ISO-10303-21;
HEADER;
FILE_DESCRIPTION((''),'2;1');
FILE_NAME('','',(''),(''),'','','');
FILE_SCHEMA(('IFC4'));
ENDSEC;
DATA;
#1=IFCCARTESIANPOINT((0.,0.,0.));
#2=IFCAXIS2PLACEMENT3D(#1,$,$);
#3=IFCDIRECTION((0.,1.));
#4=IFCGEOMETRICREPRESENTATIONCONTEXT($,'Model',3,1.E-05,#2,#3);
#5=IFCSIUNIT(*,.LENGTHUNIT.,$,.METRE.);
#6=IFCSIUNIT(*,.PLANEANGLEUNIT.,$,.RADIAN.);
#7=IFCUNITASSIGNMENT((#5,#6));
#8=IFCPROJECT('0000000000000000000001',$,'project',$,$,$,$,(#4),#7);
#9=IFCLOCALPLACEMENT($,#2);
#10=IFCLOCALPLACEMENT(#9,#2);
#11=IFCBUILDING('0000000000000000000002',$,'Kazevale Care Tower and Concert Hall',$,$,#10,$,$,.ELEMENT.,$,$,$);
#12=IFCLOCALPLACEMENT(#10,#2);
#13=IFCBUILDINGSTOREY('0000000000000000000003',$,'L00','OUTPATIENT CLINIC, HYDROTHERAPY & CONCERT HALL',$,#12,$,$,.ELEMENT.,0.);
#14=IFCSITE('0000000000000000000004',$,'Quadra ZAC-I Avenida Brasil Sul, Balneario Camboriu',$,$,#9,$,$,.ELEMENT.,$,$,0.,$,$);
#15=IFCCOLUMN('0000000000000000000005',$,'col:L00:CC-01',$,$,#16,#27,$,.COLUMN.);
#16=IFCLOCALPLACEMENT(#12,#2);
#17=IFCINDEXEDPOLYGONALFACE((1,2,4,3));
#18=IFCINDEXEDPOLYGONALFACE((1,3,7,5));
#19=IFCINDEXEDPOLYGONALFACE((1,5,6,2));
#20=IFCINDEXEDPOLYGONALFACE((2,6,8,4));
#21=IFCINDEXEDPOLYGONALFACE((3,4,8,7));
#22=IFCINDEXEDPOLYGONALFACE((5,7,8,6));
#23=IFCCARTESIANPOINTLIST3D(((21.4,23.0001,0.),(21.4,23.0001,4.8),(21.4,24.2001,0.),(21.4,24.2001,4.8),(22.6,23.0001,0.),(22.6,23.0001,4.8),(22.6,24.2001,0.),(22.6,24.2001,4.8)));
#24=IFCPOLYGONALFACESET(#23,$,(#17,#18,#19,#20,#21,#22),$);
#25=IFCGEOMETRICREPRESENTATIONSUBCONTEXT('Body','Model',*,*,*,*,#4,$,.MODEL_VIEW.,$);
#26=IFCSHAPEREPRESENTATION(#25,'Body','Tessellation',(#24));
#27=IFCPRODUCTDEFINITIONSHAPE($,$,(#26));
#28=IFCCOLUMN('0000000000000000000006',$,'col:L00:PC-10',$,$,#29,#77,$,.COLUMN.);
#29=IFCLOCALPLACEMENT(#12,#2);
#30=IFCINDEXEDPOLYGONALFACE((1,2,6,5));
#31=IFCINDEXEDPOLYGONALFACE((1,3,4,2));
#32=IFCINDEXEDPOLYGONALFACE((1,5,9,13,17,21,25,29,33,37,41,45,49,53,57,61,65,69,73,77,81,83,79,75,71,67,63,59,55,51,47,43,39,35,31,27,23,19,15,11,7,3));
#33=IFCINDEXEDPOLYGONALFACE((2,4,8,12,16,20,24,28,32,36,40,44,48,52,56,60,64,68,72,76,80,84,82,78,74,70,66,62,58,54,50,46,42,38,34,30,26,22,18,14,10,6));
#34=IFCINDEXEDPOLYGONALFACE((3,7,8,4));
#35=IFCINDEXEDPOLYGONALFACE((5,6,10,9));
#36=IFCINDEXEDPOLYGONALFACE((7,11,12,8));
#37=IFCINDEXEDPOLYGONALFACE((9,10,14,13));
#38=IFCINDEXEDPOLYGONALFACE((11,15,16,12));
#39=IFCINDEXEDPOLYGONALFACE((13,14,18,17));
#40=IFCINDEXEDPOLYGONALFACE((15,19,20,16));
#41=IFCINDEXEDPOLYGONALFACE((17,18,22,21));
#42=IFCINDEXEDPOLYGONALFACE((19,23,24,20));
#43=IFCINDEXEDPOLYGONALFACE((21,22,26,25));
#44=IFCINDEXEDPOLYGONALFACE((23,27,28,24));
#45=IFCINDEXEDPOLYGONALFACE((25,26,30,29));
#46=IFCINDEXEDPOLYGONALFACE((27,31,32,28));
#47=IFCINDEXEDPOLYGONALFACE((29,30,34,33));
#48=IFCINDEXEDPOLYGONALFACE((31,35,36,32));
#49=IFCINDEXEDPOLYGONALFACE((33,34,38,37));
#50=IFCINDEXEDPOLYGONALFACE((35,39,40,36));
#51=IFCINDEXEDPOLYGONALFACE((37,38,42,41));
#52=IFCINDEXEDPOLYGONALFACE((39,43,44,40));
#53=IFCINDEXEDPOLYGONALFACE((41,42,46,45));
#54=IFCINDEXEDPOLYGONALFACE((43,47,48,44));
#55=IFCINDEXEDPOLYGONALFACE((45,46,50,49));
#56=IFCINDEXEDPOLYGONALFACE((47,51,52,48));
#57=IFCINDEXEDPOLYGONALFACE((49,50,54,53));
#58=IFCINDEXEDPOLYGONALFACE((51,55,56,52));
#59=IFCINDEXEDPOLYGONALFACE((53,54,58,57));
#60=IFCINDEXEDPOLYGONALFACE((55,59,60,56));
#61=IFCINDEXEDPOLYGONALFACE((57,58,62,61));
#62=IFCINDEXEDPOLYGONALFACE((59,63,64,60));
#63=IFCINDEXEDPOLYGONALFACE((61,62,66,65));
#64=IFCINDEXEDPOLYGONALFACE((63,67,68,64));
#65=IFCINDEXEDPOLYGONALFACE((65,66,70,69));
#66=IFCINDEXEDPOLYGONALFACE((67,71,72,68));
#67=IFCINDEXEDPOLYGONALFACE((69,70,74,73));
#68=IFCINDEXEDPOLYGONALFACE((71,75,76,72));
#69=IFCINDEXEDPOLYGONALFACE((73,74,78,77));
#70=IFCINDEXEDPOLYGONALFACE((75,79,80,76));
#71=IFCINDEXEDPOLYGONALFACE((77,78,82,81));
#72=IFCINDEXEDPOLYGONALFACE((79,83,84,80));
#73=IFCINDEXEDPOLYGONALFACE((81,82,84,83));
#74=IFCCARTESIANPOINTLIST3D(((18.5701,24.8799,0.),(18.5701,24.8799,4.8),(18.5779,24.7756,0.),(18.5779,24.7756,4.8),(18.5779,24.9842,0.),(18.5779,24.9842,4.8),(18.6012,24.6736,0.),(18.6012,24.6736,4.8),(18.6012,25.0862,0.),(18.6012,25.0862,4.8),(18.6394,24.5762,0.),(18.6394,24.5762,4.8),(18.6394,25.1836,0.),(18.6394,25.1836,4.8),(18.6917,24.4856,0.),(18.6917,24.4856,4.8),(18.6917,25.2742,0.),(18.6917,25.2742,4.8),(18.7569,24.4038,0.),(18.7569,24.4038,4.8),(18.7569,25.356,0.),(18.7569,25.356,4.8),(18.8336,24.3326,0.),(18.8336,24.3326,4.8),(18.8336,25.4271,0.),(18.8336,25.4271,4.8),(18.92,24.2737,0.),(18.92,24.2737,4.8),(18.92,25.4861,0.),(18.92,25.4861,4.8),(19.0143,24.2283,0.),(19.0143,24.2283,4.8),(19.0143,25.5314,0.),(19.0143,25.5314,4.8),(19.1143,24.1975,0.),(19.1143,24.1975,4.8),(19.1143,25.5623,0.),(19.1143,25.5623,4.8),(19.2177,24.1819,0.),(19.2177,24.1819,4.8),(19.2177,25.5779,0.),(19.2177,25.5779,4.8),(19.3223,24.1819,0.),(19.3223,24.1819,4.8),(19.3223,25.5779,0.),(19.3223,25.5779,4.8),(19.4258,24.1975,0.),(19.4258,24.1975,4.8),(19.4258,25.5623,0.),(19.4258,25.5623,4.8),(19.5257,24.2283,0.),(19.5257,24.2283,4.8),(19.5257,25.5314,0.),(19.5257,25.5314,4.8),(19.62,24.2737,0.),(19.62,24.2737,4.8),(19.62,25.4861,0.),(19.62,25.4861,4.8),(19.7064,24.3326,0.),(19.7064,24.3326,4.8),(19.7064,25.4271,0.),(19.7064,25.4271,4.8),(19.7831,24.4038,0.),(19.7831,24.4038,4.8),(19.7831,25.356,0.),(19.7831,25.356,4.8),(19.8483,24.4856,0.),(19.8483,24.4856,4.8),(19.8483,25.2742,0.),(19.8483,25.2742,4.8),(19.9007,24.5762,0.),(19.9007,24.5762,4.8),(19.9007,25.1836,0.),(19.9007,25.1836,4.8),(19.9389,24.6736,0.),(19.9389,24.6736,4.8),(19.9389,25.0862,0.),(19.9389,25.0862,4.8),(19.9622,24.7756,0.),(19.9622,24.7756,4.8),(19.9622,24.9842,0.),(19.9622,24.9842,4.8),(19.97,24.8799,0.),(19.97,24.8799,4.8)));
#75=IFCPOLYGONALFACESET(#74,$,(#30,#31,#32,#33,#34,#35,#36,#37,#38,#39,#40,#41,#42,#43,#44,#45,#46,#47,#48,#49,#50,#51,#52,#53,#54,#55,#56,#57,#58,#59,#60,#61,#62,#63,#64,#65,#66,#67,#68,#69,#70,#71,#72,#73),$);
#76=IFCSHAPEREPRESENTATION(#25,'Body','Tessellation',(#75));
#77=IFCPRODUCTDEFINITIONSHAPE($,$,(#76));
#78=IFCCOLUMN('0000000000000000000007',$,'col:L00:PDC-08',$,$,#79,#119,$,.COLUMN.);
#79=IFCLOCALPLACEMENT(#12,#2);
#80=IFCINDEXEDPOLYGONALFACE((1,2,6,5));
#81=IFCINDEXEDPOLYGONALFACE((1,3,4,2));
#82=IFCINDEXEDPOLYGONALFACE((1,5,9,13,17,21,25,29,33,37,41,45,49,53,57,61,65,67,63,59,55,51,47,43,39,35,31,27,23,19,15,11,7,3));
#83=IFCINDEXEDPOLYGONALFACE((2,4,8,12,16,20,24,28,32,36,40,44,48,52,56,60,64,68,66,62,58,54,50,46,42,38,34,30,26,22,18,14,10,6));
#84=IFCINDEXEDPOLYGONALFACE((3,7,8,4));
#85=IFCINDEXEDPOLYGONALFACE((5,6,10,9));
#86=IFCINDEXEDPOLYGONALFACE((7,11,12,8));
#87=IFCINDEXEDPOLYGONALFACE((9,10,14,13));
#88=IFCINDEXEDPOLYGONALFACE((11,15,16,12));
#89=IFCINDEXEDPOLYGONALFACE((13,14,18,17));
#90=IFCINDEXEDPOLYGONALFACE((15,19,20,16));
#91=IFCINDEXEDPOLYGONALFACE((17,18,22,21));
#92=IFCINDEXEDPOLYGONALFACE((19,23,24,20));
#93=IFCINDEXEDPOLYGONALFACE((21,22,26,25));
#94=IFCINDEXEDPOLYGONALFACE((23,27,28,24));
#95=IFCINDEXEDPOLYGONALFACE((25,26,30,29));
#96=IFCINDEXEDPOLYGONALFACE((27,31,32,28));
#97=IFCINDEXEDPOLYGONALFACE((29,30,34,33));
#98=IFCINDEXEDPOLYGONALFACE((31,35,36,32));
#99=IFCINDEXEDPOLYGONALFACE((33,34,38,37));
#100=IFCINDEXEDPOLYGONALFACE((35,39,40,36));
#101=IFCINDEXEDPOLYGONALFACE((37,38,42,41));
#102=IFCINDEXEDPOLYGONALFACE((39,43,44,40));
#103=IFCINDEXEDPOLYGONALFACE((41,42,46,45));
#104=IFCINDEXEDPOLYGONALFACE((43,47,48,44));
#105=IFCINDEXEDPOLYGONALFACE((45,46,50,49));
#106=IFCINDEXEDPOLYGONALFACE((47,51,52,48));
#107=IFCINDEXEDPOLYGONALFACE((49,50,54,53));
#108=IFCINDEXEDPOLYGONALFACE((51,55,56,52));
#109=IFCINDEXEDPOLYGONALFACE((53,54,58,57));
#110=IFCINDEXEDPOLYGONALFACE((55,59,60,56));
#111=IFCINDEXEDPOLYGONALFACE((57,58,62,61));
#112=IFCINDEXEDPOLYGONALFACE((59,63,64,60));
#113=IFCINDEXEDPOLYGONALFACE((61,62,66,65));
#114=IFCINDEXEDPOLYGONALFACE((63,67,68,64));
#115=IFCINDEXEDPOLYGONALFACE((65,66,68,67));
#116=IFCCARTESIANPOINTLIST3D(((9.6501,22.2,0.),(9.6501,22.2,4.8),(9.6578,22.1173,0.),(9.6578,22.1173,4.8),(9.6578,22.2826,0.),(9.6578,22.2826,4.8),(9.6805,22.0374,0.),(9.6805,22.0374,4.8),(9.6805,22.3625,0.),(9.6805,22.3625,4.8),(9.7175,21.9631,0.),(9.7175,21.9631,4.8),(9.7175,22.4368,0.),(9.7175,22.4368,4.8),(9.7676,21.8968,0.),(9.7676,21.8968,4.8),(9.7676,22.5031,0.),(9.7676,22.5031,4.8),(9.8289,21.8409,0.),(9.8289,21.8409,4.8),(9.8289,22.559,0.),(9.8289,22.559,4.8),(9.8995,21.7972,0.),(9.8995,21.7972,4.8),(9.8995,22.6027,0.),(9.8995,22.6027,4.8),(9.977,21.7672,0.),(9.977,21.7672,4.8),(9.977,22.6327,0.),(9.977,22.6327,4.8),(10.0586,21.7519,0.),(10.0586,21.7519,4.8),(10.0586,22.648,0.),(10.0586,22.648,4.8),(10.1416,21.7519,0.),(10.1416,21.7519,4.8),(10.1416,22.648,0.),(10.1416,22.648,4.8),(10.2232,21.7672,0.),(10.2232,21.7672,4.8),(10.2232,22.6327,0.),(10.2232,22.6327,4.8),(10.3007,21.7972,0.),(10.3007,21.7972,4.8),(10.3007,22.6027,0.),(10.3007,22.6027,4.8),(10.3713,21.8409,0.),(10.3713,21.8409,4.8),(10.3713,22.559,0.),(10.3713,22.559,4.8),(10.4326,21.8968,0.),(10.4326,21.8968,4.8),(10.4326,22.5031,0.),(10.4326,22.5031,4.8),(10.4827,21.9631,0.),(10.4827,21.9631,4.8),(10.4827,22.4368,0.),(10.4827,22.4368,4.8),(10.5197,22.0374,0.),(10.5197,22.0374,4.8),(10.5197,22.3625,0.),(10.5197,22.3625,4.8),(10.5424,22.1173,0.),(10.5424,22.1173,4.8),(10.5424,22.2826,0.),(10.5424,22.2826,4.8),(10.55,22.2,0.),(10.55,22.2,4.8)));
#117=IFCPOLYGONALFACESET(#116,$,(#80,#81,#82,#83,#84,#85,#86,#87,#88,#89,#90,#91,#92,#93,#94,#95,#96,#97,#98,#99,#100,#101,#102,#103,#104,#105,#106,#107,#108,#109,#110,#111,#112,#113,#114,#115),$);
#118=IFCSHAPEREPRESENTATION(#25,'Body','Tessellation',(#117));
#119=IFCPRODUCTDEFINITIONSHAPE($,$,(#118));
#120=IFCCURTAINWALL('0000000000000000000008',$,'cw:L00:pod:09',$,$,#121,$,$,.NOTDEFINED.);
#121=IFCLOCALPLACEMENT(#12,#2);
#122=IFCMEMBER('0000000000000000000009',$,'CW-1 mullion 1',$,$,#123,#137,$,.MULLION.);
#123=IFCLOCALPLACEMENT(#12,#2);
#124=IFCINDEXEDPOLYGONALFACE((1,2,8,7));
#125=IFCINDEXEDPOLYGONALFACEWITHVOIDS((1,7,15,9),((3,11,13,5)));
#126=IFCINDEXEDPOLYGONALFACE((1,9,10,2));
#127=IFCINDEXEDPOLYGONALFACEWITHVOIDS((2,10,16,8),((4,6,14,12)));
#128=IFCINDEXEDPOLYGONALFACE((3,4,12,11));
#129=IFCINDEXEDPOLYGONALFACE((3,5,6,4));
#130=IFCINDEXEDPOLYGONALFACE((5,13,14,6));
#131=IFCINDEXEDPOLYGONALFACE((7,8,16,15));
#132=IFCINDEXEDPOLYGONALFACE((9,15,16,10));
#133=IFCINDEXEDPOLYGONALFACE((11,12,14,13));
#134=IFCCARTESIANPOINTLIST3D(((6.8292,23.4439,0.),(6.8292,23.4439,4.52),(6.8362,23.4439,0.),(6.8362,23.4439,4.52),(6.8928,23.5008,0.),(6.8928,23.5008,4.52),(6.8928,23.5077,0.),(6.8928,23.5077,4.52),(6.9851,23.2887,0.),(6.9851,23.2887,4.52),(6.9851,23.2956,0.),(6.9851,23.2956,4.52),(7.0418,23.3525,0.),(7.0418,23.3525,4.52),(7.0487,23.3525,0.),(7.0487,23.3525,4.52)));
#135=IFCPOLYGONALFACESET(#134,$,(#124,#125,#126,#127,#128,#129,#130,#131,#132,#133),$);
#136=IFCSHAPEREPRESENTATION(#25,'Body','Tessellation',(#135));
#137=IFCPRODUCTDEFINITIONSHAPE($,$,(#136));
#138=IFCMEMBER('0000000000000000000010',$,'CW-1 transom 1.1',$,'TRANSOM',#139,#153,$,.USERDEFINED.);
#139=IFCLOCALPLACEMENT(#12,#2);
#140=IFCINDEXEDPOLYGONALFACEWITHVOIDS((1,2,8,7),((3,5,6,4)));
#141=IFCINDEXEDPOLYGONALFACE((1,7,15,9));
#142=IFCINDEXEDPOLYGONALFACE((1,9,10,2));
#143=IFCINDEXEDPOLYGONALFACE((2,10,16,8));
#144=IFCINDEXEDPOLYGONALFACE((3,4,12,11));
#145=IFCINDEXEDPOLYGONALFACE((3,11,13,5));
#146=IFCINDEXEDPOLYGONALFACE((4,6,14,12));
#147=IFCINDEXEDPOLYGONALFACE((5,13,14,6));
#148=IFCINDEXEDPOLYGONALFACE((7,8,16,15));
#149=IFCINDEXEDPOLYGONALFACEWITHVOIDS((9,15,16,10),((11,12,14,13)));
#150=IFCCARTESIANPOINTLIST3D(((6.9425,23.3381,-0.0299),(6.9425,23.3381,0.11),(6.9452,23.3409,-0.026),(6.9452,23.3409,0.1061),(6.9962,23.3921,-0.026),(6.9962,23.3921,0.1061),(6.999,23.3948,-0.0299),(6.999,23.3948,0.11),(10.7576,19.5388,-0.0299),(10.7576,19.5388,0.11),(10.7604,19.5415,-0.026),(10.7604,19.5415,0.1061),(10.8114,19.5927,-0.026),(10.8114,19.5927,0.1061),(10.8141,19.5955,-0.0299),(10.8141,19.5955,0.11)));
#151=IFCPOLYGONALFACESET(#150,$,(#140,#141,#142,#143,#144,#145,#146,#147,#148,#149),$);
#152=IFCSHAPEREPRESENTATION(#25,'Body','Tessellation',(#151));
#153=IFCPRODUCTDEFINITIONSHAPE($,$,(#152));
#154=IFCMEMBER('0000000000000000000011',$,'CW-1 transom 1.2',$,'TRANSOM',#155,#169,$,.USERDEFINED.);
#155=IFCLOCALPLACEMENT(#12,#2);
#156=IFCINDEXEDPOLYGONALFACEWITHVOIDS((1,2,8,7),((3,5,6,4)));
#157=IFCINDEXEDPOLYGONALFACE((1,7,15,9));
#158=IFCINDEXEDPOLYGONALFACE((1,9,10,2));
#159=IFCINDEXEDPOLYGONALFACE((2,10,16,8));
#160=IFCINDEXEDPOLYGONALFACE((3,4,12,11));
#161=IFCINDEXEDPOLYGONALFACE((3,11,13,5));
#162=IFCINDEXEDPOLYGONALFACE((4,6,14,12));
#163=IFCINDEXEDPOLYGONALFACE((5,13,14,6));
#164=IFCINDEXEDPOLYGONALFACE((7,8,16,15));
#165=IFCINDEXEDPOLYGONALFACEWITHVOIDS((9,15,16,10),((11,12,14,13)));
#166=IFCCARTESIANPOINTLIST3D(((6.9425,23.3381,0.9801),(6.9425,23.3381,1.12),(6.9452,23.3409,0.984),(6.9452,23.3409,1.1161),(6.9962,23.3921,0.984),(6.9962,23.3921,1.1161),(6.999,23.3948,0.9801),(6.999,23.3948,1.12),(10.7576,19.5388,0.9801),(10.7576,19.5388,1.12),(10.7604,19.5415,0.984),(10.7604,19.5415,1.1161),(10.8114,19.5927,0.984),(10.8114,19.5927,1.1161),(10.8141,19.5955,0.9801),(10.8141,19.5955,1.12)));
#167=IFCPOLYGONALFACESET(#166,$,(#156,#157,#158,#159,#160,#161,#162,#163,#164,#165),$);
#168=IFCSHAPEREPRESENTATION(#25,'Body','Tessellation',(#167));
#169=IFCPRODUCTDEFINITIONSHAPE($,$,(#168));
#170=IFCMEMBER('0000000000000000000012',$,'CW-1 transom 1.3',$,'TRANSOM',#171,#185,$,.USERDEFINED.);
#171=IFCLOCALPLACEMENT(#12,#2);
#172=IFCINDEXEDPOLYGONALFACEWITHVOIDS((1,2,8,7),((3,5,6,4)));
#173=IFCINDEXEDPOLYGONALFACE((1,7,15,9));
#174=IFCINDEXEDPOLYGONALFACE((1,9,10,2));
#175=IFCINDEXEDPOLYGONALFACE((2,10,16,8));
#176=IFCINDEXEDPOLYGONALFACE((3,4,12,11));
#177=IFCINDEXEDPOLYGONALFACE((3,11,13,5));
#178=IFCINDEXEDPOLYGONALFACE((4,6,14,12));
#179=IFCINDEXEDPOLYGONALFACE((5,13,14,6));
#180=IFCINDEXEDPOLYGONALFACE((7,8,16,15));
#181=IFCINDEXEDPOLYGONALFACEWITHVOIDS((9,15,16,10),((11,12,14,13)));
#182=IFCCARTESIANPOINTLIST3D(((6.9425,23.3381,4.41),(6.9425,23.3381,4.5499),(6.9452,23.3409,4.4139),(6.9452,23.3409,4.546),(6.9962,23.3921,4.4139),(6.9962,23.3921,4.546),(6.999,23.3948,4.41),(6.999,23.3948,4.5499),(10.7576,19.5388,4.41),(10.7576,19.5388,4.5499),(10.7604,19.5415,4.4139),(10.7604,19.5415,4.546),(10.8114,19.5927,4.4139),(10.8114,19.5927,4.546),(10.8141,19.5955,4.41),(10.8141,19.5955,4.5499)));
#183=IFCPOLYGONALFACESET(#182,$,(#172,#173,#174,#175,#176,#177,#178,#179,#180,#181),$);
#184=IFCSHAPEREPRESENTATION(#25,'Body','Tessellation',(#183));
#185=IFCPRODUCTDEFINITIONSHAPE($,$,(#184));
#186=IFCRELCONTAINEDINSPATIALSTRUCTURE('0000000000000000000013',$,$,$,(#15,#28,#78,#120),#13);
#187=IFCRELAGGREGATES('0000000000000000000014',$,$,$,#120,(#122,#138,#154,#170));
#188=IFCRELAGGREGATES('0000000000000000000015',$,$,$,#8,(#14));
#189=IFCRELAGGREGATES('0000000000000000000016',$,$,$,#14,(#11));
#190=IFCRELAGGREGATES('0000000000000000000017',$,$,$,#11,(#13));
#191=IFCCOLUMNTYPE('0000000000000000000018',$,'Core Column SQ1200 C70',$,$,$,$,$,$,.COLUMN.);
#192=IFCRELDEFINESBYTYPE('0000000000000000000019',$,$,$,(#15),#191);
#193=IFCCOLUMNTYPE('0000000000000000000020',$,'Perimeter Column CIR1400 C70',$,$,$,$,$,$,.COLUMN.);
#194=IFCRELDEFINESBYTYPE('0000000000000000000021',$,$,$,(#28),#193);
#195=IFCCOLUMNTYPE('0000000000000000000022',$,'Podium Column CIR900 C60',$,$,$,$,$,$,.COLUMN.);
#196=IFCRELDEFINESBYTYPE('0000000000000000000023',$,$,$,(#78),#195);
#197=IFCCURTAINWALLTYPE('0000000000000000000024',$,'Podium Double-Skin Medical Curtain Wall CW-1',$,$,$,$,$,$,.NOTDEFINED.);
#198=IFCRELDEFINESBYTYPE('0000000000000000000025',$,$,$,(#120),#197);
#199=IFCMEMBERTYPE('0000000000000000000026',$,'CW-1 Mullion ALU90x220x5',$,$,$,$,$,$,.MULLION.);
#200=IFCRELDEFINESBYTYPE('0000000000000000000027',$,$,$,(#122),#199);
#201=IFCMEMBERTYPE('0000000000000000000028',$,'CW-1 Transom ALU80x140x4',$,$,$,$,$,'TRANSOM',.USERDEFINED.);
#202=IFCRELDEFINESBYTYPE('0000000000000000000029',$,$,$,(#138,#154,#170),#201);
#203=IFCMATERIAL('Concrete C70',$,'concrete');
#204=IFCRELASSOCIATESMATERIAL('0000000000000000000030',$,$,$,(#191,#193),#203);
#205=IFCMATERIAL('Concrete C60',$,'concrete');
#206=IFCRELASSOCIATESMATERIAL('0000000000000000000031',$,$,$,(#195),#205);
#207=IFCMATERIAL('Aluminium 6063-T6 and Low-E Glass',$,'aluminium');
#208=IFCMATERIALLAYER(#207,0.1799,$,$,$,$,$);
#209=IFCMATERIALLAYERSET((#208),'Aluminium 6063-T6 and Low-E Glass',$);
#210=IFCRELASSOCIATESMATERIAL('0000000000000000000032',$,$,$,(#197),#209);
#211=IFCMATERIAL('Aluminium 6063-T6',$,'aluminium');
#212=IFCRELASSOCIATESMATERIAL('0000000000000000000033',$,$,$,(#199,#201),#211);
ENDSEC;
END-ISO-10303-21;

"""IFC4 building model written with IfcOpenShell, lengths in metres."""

from ifc_helpers import new_model, si_unit, direction, frame, origin, origin_2d, place, context, subcontext, project, spatial, rectangle, hollow_rectangle, circle, extrude, material, layer, layer_set, material_profile, profile_set, type_object, element, aggregate, save


model = new_model("IFC4")

# Units and contexts
model_context = context("Model", 3, precision=1e-05, world=origin(), true_north=direction((0.0, 1.0)))
body_context = subcontext(model_context, "Body", "Model", "MODEL_VIEW")
ifc_project = project(units=[si_unit("LENGTHUNIT", "METRE"), si_unit("PLANEANGLEUNIT", "RADIAN")], contexts=[model_context])

# Site, building, storey
site_placement = place(None, origin())
site = spatial("IfcSite", under=ifc_project, at=site_placement, Name="Quadra ZAC-I Avenida Brasil Sul, Balneario Camboriu", CompositionType="ELEMENT", RefElevation=0.0)
building_placement = place(site_placement, origin())
building = spatial("IfcBuilding", under=site, at=building_placement, Name="Kazevale Care Tower and Concert Hall", CompositionType="ELEMENT")
storey_placement = place(building_placement, origin())
storey = spatial("IfcBuildingStorey", under=building, at=storey_placement, Name="L00", Description="OUTPATIENT CLINIC, HYDROTHERAPY & CONCERT HALL", CompositionType="ELEMENT", Elevation=0.0)

# Columns
ifc_material_1 = material(Name="Concrete C70", Category="concrete")
ifc_material_profile_1 = material_profile(ifc_material_1, rectangle(XDim=1.2, YDim=1.2, at=origin_2d()), Name="RC-SQ1200")
ifc_profile_set_1 = profile_set([ifc_material_profile_1], Name="Concrete C70")
column_type_1 = type_object("IfcColumnType", Name="Core Column SQ1200 C70", PredefinedType="COLUMN", material=ifc_profile_set_1)
column_1_placement = place(storey_placement, frame((22.0, 23.6001, 0.0), z_axis=(0.0, 0.0, 1.0), x_axis=(1.0, 0.0, 0.0)))
element("IfcColumn", 1, at=column_1_placement, inside=storey, type_object=column_type_1, Name="col:L00:CC-01", PredefinedType="COLUMN", context=body_context, shape_type="SweptSolid", body=[
    extrude(rectangle(XDim=1.2, YDim=1.2, at=origin_2d()), origin(), (0.0, 0.0, 1.0), 4.8),
])
ifc_material_profile_2 = material_profile(ifc_material_1, circle(Radius=0.7, at=origin_2d()), Name="RC-CIR1400")
ifc_profile_set_2 = profile_set([ifc_material_profile_2], Name="Concrete C70")
column_type_2 = type_object("IfcColumnType", Name="Perimeter Column CIR1400 C70", PredefinedType="COLUMN", material=ifc_profile_set_2)
column_2_placement = place(storey_placement, frame((19.27, 24.8799, 0.0), z_axis=(0.0, 0.0, 1.0), x_axis=(1.0, 0.0, 0.0)))
element("IfcColumn", 2, at=column_2_placement, inside=storey, type_object=column_type_2, Name="col:L00:PC-10", PredefinedType="COLUMN", context=body_context, shape_type="SweptSolid", body=[
    extrude(circle(Radius=0.7, at=origin_2d()), origin(), (0.0, 0.0, 1.0), 4.8),
])
ifc_material_2 = material(Name="Concrete C60", Category="concrete")
ifc_material_profile_3 = material_profile(ifc_material_2, circle(Radius=0.45, at=origin_2d()), Name="RC-CIR900")
ifc_profile_set_3 = profile_set([ifc_material_profile_3], Name="Concrete C60")
column_type_3 = type_object("IfcColumnType", Name="Podium Column CIR900 C60", PredefinedType="COLUMN", material=ifc_profile_set_3)
column_3_placement = place(storey_placement, frame((10.1001, 22.2, 0.0), z_axis=(0.0, 0.0, 1.0), x_axis=(1.0, 0.0, 0.0)))
element("IfcColumn", 3, at=column_3_placement, inside=storey, type_object=column_type_3, Name="col:L00:PDC-08", PredefinedType="COLUMN", context=body_context, shape_type="SweptSolid", body=[
    extrude(circle(Radius=0.45, at=origin_2d()), origin(), (0.0, 0.0, 1.0), 4.8),
])

# Curtain wall, members
ifc_material_3 = material(Name="Aluminium 6063-T6 and Low-E Glass", Category="aluminium")
ifc_layer_1 = layer(ifc_material_3, 0.1799)
ifc_layer_set_1 = layer_set([ifc_layer_1], Name="Aluminium 6063-T6 and Low-E Glass")
curtain_wall_type = type_object("IfcCurtainWallType", Name="Podium Double-Skin Medical Curtain Wall CW-1", PredefinedType="NOTDEFINED", material=ifc_layer_set_1)
curtain_wall_placement = place(storey_placement, origin())
curtain_wall = element("IfcCurtainWall", 4, at=curtain_wall_placement, inside=storey, type_object=curtain_wall_type, Name="cw:L00:pod:09", PredefinedType="NOTDEFINED")
ifc_material_4 = material(Name="Aluminium 6063-T6", Category="aluminium")
ifc_material_profile_4 = material_profile(ifc_material_4, hollow_rectangle(XDim=0.0901, YDim=0.22, WallThickness=0.0049, at=origin_2d()), Name="ALU90x220x5")
ifc_profile_set_4 = profile_set([ifc_material_profile_4], Name="Aluminium 6063-T6")
member_type_1 = type_object("IfcMemberType", Name="CW-1 Mullion ALU90x220x5", PredefinedType="MULLION", material=ifc_profile_set_4)
member_1_placement = place(storey_placement, frame((6.939, 23.3982, 0.0), z_axis=(0.0, 0.0, 1.0), x_axis=(0.705656, 0.708555, 0.0)))
member_1 = element("IfcMember", 5, at=member_1_placement, type_object=member_type_1, Name="CW-1 mullion 1", PredefinedType="MULLION", context=body_context, shape_type="SweptSolid", body=[
    extrude(hollow_rectangle(XDim=0.0901, YDim=0.22, WallThickness=0.0049, at=origin_2d()), origin(), (0.0, 0.0, 1.0), 4.52),
])
ifc_material_profile_5 = material_profile(ifc_material_4, hollow_rectangle(XDim=0.0801, YDim=0.1399, WallThickness=0.0039, at=origin_2d()), Name="ALU80x140x4")
ifc_profile_set_5 = profile_set([ifc_material_profile_5], Name="Aluminium 6063-T6")
member_type_2 = type_object("IfcMemberType", Name="CW-1 Transom ALU80x140x4", ElementType="TRANSOM", PredefinedType="USERDEFINED", material=ifc_profile_set_5)
member_2_placement = place(storey_placement, frame((6.9707, 23.3665, 0.04), z_axis=(0.708579, -0.705632, 0.0), x_axis=(0.705632, 0.708579, 0.0)))
member_2 = element("IfcMember", 6, at=member_2_placement, type_object=member_type_2, Name="CW-1 transom 1.1", ObjectType="TRANSOM", PredefinedType="USERDEFINED", context=body_context, shape_type="SweptSolid", body=[
    extrude(hollow_rectangle(XDim=0.0801, YDim=0.1399, WallThickness=0.0039, at=origin_2d()), origin(), (0.0, 0.0, 1.0), 5.3843),
])
member_3_placement = place(storey_placement, frame((6.9707, 23.3665, 1.05), z_axis=(0.708579, -0.705632, 0.0), x_axis=(0.705632, 0.708579, 0.0)))
member_3 = element("IfcMember", 7, at=member_3_placement, type_object=member_type_2, Name="CW-1 transom 1.2", ObjectType="TRANSOM", PredefinedType="USERDEFINED", context=body_context, shape_type="SweptSolid", body=[
    extrude(hollow_rectangle(XDim=0.0801, YDim=0.1399, WallThickness=0.0039, at=origin_2d()), origin(), (0.0, 0.0, 1.0), 5.3843),
])
member_4_placement = place(storey_placement, frame((6.9707, 23.3665, 4.48), z_axis=(0.708579, -0.705632, 0.0), x_axis=(0.705632, 0.708579, 0.0)))
member_4 = element("IfcMember", 8, at=member_4_placement, type_object=member_type_2, Name="CW-1 transom 1.3", ObjectType="TRANSOM", PredefinedType="USERDEFINED", context=body_context, shape_type="SweptSolid", body=[
    extrude(hollow_rectangle(XDim=0.0801, YDim=0.1399, WallThickness=0.0039, at=origin_2d()), origin(), (0.0, 0.0, 1.0), 5.3843),
])

aggregate(curtain_wall, [member_1, member_2, member_3, member_4])

save(model, "model.ifc")
